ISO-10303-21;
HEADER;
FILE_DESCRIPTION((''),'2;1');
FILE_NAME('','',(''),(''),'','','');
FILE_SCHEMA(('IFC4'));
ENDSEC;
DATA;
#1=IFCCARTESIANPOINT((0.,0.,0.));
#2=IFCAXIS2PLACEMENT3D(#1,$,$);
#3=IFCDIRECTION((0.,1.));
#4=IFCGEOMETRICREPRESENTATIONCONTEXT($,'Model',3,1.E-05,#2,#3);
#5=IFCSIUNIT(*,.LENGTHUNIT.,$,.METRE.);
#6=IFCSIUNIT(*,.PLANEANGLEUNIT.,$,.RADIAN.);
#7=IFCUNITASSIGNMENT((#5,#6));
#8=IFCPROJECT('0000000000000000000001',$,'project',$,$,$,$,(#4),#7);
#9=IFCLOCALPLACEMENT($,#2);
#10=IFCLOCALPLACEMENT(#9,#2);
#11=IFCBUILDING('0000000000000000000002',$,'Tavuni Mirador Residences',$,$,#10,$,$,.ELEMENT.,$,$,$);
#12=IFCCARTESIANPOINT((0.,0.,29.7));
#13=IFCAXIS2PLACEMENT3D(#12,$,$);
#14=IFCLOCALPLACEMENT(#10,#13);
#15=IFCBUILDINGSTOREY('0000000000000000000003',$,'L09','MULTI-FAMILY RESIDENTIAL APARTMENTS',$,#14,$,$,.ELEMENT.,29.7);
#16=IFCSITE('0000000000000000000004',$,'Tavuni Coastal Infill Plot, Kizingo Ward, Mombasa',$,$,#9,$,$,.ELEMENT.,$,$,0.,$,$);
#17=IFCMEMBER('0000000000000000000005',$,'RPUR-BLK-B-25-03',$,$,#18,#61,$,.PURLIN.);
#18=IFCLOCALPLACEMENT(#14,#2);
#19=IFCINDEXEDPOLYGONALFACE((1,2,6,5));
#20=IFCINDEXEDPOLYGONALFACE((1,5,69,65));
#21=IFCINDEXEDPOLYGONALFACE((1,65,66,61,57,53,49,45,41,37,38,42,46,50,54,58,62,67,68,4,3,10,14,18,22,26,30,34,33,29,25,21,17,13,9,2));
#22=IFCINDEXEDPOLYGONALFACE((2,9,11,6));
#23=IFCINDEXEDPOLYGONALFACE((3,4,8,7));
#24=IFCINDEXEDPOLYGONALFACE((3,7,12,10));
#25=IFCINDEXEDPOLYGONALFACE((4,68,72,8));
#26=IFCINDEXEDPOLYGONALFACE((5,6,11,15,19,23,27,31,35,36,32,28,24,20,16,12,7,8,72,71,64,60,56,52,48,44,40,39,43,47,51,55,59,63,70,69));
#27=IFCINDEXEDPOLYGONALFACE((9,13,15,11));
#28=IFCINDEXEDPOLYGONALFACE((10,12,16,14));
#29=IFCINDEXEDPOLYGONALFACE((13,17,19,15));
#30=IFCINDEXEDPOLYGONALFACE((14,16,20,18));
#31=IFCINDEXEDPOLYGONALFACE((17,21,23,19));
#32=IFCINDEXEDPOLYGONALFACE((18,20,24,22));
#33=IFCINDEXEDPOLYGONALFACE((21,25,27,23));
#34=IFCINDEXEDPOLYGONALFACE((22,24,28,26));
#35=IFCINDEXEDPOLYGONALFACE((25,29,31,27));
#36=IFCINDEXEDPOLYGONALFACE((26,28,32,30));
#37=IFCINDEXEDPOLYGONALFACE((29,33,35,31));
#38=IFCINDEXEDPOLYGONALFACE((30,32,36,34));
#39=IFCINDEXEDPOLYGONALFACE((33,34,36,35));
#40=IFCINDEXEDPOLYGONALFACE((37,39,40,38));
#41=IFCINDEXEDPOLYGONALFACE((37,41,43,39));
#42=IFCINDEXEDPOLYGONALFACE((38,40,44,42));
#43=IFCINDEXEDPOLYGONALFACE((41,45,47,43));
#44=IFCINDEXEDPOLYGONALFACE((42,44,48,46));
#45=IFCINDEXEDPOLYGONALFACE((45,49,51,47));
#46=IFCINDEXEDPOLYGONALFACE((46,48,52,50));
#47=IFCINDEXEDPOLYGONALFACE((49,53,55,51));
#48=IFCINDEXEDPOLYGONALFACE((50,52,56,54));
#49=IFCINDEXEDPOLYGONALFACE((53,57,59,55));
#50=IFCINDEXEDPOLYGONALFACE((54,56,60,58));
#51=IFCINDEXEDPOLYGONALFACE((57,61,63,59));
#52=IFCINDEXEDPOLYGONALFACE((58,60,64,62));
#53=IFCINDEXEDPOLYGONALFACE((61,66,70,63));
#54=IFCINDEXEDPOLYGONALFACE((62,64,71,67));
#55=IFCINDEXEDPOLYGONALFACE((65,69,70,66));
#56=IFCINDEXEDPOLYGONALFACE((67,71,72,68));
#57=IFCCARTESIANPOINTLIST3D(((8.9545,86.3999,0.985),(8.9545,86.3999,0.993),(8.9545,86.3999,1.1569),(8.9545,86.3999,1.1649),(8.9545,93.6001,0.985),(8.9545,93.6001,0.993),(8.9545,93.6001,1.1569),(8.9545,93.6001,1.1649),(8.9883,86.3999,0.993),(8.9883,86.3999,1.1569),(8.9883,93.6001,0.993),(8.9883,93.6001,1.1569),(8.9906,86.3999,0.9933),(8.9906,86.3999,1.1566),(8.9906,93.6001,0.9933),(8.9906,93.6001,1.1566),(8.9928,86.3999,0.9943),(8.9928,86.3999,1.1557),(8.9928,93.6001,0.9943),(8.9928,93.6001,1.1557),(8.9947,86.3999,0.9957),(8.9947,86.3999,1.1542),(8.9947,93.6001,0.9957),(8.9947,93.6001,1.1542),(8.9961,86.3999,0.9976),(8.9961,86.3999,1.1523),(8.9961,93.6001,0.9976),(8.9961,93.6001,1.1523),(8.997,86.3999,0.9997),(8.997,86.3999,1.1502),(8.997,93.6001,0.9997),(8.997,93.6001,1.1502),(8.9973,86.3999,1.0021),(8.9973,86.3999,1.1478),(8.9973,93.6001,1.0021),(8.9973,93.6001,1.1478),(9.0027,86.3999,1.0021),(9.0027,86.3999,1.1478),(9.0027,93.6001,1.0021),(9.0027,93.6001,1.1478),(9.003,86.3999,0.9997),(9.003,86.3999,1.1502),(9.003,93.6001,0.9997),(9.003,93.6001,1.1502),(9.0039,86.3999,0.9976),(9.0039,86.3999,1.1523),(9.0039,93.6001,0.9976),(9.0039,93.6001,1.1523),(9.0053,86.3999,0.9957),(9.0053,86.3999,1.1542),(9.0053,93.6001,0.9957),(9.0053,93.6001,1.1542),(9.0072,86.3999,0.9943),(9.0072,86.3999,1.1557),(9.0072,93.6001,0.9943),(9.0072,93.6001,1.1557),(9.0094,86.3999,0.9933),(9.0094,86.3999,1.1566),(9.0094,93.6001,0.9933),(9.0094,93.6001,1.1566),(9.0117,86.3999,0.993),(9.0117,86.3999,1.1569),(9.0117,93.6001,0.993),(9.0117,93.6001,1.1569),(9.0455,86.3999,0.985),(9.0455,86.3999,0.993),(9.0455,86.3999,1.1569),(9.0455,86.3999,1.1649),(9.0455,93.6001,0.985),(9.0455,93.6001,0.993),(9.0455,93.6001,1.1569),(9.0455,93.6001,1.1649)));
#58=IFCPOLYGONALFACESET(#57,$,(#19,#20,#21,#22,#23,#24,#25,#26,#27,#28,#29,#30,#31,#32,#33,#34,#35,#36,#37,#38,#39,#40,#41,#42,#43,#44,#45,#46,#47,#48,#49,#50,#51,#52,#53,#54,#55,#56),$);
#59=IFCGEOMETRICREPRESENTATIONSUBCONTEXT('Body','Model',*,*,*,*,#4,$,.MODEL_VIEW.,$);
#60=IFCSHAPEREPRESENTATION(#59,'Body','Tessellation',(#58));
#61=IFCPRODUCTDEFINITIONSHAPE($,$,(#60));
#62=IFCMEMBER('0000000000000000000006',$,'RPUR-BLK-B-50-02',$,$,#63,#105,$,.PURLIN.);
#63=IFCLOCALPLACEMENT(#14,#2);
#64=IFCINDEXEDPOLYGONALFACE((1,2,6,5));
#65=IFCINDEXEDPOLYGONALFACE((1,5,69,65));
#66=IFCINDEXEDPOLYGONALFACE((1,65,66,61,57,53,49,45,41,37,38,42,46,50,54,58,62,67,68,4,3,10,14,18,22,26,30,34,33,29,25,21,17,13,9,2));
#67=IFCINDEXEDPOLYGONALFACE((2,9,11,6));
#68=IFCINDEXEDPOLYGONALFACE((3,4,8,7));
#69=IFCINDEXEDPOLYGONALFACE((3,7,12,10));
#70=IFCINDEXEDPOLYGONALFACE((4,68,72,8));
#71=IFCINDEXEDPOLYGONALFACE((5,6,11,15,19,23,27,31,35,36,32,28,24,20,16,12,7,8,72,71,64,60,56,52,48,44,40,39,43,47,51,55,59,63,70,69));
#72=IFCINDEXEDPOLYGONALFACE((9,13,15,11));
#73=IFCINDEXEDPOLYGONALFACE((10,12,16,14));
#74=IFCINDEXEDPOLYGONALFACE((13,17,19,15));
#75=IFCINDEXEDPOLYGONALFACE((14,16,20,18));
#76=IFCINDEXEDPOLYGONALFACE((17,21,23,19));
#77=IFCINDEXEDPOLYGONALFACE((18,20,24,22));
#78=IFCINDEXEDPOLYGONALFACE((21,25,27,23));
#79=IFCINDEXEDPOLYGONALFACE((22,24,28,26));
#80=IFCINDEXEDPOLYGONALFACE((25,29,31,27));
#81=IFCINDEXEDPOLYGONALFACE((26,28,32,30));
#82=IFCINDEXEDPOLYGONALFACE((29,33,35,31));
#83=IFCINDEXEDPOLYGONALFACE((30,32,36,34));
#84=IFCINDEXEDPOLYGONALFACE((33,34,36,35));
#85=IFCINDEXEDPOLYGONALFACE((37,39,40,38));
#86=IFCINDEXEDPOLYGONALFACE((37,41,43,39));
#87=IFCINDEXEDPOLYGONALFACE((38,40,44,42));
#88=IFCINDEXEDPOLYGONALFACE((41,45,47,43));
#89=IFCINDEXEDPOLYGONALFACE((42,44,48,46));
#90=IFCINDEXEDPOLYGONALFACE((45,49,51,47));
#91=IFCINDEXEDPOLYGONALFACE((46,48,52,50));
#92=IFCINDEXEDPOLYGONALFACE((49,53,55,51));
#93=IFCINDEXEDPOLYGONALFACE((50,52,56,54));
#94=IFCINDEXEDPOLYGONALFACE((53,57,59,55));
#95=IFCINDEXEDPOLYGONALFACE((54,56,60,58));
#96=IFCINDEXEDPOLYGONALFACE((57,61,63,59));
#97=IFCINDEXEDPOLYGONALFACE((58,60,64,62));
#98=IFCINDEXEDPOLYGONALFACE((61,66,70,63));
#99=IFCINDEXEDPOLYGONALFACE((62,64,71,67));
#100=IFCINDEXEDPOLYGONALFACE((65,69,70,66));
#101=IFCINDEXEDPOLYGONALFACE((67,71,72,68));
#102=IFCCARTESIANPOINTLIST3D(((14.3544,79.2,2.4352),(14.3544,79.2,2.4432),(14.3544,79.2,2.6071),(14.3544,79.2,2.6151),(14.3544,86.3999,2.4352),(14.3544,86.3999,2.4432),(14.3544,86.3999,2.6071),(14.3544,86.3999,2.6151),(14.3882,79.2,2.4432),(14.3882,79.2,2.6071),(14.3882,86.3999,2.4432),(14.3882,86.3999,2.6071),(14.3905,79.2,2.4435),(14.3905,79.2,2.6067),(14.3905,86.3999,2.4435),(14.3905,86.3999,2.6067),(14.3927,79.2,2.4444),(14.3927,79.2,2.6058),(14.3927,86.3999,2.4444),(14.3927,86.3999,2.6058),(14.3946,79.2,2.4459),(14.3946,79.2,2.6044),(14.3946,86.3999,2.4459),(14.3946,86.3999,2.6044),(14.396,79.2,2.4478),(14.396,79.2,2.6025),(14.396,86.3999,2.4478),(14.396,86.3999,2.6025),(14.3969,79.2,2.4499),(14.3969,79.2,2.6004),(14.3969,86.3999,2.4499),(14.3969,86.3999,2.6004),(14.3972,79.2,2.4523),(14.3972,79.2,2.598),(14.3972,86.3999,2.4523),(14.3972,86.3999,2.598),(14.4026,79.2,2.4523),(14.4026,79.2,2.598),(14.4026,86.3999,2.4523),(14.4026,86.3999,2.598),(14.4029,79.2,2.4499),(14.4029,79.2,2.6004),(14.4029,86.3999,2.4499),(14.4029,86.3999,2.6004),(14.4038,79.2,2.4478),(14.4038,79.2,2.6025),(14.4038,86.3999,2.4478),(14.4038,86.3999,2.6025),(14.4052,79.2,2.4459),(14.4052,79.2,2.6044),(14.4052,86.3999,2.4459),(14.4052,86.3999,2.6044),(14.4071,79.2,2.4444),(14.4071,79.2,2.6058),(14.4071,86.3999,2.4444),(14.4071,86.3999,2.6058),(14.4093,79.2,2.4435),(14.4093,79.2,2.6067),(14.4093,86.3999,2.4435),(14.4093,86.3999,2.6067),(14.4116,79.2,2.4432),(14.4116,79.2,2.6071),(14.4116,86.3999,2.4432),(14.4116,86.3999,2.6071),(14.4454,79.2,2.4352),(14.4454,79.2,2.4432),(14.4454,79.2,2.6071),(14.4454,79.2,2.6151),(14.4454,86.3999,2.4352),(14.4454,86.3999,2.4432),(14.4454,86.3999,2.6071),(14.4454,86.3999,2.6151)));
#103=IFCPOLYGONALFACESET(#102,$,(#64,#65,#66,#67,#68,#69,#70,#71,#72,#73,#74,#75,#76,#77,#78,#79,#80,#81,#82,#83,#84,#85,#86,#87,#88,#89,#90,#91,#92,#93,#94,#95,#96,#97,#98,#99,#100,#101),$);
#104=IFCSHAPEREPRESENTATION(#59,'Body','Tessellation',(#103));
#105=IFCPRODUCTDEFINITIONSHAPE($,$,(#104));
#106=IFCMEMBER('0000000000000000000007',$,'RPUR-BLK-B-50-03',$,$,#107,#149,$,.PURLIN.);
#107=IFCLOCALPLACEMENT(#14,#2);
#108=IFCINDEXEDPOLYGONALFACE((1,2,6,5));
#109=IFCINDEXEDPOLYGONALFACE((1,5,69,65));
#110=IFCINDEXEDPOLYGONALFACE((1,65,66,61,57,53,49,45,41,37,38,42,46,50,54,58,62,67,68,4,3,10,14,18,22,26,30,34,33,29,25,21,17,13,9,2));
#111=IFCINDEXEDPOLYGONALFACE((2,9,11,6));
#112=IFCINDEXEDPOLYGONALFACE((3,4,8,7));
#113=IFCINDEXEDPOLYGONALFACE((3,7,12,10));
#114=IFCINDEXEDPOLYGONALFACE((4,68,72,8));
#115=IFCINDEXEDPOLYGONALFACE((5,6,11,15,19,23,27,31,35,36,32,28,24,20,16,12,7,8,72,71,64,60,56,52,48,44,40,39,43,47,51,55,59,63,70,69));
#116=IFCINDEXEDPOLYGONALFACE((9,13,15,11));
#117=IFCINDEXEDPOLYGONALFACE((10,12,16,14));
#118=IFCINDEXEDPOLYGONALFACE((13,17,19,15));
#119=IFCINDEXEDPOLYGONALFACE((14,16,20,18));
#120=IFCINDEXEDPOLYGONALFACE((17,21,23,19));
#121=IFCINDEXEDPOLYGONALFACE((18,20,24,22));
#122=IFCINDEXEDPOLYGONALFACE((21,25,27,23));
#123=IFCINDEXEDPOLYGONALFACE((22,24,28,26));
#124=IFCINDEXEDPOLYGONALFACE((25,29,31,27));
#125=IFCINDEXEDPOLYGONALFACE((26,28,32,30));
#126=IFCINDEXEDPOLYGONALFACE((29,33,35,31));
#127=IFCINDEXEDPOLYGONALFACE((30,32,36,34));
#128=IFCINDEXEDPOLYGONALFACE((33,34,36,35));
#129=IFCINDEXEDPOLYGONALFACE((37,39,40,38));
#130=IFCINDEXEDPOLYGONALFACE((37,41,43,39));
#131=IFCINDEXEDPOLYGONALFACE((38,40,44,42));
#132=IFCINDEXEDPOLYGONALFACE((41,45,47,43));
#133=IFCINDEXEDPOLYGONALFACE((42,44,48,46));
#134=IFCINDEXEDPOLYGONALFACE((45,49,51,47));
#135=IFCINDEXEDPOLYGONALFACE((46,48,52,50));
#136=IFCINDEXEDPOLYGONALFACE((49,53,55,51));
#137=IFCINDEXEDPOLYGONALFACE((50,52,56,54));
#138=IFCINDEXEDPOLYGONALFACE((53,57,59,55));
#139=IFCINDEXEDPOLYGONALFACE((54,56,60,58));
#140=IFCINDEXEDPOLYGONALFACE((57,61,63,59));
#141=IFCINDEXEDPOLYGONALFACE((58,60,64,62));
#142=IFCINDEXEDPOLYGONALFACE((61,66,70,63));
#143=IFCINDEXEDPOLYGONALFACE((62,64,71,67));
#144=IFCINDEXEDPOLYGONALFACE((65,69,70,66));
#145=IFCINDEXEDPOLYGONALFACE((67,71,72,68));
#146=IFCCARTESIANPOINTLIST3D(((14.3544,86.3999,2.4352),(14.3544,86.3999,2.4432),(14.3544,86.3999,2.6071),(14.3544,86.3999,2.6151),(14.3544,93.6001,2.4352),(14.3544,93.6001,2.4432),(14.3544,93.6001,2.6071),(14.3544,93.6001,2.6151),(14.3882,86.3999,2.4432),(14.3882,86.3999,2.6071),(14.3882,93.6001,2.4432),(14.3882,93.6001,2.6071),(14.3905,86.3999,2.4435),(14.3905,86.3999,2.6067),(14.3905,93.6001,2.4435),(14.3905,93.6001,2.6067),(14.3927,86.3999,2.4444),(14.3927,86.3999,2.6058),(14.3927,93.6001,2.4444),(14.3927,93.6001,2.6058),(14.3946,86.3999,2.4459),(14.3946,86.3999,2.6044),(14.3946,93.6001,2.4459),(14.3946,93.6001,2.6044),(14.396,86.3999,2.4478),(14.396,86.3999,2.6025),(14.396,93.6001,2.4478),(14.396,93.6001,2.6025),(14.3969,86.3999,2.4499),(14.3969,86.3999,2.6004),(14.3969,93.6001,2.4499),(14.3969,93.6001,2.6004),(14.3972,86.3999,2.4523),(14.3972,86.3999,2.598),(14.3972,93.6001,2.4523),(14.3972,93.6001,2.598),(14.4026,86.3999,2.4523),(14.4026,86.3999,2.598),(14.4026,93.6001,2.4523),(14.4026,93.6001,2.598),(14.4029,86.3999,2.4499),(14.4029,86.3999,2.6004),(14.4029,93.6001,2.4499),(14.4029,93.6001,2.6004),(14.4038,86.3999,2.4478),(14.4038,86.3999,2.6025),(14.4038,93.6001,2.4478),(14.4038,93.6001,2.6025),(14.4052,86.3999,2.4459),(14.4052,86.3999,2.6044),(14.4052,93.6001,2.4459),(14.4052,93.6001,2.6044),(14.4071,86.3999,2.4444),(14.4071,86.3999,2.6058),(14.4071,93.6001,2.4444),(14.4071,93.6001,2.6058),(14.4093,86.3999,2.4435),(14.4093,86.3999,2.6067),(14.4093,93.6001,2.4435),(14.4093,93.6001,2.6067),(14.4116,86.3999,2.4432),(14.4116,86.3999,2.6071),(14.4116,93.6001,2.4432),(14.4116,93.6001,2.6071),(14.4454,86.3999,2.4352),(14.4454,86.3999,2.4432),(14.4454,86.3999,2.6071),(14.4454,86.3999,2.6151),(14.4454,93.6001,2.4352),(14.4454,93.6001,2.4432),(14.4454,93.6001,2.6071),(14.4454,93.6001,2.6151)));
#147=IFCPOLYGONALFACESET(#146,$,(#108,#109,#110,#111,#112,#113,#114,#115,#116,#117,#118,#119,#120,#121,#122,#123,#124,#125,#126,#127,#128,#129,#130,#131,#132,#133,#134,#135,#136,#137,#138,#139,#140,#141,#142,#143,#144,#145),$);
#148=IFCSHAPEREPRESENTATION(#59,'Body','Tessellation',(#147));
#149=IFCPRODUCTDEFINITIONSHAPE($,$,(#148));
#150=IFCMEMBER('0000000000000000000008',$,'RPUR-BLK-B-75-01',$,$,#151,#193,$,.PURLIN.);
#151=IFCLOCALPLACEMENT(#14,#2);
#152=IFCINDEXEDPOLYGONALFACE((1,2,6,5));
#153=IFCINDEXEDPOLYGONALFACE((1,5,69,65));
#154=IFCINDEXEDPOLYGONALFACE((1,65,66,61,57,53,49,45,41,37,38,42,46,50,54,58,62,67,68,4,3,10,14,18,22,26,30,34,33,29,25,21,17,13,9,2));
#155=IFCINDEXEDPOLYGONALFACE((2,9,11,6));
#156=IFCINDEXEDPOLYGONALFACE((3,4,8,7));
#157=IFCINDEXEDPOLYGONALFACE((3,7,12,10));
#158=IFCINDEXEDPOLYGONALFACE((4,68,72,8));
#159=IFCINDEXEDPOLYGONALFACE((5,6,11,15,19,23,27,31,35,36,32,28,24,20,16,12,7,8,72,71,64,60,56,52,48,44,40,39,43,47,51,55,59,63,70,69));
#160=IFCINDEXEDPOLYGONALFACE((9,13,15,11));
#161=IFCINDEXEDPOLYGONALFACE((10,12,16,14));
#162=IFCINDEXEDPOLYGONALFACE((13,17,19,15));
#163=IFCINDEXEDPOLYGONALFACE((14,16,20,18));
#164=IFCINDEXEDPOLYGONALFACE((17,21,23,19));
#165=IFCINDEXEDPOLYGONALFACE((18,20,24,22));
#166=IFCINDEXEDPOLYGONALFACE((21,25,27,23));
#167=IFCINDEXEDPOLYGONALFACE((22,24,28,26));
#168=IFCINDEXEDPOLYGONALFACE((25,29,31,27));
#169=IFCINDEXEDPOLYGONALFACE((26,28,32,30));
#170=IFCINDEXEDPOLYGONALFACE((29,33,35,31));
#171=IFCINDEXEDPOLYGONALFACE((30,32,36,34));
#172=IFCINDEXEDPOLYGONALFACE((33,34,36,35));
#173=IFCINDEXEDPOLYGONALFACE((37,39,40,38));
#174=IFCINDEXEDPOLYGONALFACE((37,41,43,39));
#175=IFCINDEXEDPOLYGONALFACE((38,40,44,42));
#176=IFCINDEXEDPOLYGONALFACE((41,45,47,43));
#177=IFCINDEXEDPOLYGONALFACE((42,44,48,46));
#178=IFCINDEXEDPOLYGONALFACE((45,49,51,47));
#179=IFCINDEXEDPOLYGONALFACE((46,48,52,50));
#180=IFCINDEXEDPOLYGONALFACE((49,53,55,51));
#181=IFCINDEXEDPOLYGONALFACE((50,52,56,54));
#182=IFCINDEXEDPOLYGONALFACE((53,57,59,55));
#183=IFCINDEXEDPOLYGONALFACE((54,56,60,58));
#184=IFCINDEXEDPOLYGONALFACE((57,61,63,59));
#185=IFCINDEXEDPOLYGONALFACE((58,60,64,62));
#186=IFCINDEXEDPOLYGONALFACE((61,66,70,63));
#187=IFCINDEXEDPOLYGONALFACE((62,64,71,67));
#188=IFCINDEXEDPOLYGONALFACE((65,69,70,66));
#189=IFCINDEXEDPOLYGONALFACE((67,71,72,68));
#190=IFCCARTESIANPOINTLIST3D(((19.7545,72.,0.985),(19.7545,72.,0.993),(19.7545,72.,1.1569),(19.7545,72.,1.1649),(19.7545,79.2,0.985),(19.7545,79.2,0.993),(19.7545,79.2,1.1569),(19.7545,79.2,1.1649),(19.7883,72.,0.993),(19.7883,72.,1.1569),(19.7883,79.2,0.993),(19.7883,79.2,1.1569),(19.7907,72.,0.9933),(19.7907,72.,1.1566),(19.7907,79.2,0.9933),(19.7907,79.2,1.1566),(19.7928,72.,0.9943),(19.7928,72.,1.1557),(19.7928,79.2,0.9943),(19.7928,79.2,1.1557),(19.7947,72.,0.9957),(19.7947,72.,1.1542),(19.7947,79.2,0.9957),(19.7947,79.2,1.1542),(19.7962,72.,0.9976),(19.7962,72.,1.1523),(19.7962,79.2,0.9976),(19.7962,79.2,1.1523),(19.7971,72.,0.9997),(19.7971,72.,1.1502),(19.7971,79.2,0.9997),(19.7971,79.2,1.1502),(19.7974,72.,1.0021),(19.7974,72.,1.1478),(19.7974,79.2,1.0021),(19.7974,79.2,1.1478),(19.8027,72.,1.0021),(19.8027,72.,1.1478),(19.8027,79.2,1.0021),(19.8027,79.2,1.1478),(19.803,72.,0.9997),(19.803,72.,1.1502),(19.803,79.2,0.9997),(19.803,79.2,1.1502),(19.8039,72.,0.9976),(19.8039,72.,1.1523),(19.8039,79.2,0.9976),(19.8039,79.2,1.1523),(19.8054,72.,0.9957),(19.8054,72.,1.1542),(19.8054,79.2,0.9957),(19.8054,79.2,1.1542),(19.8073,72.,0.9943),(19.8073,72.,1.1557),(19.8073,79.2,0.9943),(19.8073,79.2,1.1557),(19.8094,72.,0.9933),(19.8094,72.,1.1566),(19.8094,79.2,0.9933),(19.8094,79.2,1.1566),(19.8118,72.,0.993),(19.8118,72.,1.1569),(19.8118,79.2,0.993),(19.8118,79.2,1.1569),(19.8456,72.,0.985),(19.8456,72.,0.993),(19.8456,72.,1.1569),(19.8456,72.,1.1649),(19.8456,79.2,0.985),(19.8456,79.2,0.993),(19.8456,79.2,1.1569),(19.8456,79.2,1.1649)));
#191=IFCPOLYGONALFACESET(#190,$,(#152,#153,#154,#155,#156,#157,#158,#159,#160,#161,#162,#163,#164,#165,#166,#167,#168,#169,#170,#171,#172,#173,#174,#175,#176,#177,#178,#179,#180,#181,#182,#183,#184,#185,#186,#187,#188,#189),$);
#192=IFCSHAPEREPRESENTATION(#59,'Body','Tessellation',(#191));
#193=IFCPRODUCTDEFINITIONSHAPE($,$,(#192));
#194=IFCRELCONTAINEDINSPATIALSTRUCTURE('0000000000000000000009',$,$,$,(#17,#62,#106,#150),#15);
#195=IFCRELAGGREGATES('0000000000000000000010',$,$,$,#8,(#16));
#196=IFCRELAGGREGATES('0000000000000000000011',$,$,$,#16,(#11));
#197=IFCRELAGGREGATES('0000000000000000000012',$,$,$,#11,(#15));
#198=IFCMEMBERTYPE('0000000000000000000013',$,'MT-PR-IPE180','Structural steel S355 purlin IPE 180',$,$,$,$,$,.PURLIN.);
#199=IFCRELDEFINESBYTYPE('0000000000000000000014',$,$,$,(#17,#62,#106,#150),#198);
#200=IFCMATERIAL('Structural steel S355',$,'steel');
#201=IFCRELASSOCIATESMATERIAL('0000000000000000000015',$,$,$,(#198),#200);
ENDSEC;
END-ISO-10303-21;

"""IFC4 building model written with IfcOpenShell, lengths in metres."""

from ifc_helpers import new_model, si_unit, direction, frame, origin, origin_2d, place, context, subcontext, project, spatial, i_section, extrude, material, material_profile, profile_set, type_object, element, save


model = new_model("IFC4")

# Units and contexts
model_context = context("Model", 3, precision=1e-05, world=origin(), true_north=direction((0.0, 1.0)))
body_context = subcontext(model_context, "Body", "Model", "MODEL_VIEW")
ifc_project = project(units=[si_unit("LENGTHUNIT", "METRE"), si_unit("PLANEANGLEUNIT", "RADIAN")], contexts=[model_context])

# Site, building, storey
site_placement = place(None, origin())
site = spatial("IfcSite", under=ifc_project, at=site_placement, Name="Tavuni Coastal Infill Plot, Kizingo Ward, Mombasa", CompositionType="ELEMENT", RefElevation=0.0)
building_placement = place(site_placement, origin())
building = spatial("IfcBuilding", under=site, at=building_placement, Name="Tavuni Mirador Residences", CompositionType="ELEMENT")
storey_placement = place(building_placement, frame((0.0, 0.0, 29.7)))
storey = spatial("IfcBuildingStorey", under=building, at=storey_placement, Name="L09", Description="MULTI-FAMILY RESIDENTIAL APARTMENTS", CompositionType="ELEMENT", Elevation=29.7)

# Members
ifc_material_1 = material(Name="Structural steel S355", Category="steel")
ifc_material_profile_1 = material_profile(ifc_material_1, i_section(OverallWidth=0.0911, OverallDepth=0.1799, WebThickness=0.0054, FlangeThickness=0.0081, FilletRadius=0.009, at=origin_2d()), Name="IPE 180", Category="steel")
ifc_profile_set_1 = profile_set([ifc_material_profile_1], Name="Structural steel S355")
member_type_1 = type_object("IfcMemberType", Name="MT-PR-IPE180", Description="Structural steel S355 purlin IPE 180", PredefinedType="PURLIN", material=ifc_profile_set_1)
member_1_placement = place(storey_placement, frame((9.0, 86.3999, 1.075), z_axis=(0.0, 1.0, 0.0), x_axis=(-1.0, 0.0, 0.0)))
element("IfcMember", 1, at=member_1_placement, inside=storey, type_object=member_type_1, Name="RPUR-BLK-B-25-03", PredefinedType="PURLIN", context=body_context, shape_type="SweptSolid", body=[
    extrude(i_section(OverallWidth=0.0911, OverallDepth=0.1799, WebThickness=0.0054, FlangeThickness=0.0081, FilletRadius=0.009, at=origin_2d()), origin(), (0.0, 0.0, 1.0), 7.2002),
])
member_2_placement = place(storey_placement, frame((14.3999, 79.2, 2.5251), z_axis=(0.0, 1.0, 0.0), x_axis=(-1.0, 0.0, 0.0)))
element("IfcMember", 2, at=member_2_placement, inside=storey, type_object=member_type_1, Name="RPUR-BLK-B-50-02", PredefinedType="PURLIN", context=body_context, shape_type="SweptSolid", body=[
    extrude(i_section(OverallWidth=0.0911, OverallDepth=0.1799, WebThickness=0.0054, FlangeThickness=0.0081, FilletRadius=0.009, at=origin_2d()), origin(), (0.0, 0.0, 1.0), 7.2),
])
member_3_placement = place(storey_placement, frame((14.3999, 86.3999, 2.5251), z_axis=(0.0, 1.0, 0.0), x_axis=(-1.0, 0.0, 0.0)))
element("IfcMember", 3, at=member_3_placement, inside=storey, type_object=member_type_1, Name="RPUR-BLK-B-50-03", PredefinedType="PURLIN", context=body_context, shape_type="SweptSolid", body=[
    extrude(i_section(OverallWidth=0.0911, OverallDepth=0.1799, WebThickness=0.0054, FlangeThickness=0.0081, FilletRadius=0.009, at=origin_2d()), origin(), (0.0, 0.0, 1.0), 7.2002),
])
for number, where, z_axis, x_axis, name in (
    (4, (19.8, 72.0, 1.075), (0.0, 1.0, 0.0), (-1.0, 0.0, 0.0), "RPUR-BLK-B-75-01"),
):
    element("IfcMember", number, at=place(storey_placement, frame(where, z_axis=z_axis, x_axis=x_axis)), inside=storey, type_object=member_type_1, Name=name, PredefinedType="PURLIN", context=body_context, shape_type="SweptSolid", body=[
        extrude(i_section(OverallWidth=0.0911, OverallDepth=0.1799, WebThickness=0.0054, FlangeThickness=0.0081, FilletRadius=0.009, at=origin_2d()), origin(), (0.0, 0.0, 1.0), 7.2),
    ])

save(model, "model.ifc")
